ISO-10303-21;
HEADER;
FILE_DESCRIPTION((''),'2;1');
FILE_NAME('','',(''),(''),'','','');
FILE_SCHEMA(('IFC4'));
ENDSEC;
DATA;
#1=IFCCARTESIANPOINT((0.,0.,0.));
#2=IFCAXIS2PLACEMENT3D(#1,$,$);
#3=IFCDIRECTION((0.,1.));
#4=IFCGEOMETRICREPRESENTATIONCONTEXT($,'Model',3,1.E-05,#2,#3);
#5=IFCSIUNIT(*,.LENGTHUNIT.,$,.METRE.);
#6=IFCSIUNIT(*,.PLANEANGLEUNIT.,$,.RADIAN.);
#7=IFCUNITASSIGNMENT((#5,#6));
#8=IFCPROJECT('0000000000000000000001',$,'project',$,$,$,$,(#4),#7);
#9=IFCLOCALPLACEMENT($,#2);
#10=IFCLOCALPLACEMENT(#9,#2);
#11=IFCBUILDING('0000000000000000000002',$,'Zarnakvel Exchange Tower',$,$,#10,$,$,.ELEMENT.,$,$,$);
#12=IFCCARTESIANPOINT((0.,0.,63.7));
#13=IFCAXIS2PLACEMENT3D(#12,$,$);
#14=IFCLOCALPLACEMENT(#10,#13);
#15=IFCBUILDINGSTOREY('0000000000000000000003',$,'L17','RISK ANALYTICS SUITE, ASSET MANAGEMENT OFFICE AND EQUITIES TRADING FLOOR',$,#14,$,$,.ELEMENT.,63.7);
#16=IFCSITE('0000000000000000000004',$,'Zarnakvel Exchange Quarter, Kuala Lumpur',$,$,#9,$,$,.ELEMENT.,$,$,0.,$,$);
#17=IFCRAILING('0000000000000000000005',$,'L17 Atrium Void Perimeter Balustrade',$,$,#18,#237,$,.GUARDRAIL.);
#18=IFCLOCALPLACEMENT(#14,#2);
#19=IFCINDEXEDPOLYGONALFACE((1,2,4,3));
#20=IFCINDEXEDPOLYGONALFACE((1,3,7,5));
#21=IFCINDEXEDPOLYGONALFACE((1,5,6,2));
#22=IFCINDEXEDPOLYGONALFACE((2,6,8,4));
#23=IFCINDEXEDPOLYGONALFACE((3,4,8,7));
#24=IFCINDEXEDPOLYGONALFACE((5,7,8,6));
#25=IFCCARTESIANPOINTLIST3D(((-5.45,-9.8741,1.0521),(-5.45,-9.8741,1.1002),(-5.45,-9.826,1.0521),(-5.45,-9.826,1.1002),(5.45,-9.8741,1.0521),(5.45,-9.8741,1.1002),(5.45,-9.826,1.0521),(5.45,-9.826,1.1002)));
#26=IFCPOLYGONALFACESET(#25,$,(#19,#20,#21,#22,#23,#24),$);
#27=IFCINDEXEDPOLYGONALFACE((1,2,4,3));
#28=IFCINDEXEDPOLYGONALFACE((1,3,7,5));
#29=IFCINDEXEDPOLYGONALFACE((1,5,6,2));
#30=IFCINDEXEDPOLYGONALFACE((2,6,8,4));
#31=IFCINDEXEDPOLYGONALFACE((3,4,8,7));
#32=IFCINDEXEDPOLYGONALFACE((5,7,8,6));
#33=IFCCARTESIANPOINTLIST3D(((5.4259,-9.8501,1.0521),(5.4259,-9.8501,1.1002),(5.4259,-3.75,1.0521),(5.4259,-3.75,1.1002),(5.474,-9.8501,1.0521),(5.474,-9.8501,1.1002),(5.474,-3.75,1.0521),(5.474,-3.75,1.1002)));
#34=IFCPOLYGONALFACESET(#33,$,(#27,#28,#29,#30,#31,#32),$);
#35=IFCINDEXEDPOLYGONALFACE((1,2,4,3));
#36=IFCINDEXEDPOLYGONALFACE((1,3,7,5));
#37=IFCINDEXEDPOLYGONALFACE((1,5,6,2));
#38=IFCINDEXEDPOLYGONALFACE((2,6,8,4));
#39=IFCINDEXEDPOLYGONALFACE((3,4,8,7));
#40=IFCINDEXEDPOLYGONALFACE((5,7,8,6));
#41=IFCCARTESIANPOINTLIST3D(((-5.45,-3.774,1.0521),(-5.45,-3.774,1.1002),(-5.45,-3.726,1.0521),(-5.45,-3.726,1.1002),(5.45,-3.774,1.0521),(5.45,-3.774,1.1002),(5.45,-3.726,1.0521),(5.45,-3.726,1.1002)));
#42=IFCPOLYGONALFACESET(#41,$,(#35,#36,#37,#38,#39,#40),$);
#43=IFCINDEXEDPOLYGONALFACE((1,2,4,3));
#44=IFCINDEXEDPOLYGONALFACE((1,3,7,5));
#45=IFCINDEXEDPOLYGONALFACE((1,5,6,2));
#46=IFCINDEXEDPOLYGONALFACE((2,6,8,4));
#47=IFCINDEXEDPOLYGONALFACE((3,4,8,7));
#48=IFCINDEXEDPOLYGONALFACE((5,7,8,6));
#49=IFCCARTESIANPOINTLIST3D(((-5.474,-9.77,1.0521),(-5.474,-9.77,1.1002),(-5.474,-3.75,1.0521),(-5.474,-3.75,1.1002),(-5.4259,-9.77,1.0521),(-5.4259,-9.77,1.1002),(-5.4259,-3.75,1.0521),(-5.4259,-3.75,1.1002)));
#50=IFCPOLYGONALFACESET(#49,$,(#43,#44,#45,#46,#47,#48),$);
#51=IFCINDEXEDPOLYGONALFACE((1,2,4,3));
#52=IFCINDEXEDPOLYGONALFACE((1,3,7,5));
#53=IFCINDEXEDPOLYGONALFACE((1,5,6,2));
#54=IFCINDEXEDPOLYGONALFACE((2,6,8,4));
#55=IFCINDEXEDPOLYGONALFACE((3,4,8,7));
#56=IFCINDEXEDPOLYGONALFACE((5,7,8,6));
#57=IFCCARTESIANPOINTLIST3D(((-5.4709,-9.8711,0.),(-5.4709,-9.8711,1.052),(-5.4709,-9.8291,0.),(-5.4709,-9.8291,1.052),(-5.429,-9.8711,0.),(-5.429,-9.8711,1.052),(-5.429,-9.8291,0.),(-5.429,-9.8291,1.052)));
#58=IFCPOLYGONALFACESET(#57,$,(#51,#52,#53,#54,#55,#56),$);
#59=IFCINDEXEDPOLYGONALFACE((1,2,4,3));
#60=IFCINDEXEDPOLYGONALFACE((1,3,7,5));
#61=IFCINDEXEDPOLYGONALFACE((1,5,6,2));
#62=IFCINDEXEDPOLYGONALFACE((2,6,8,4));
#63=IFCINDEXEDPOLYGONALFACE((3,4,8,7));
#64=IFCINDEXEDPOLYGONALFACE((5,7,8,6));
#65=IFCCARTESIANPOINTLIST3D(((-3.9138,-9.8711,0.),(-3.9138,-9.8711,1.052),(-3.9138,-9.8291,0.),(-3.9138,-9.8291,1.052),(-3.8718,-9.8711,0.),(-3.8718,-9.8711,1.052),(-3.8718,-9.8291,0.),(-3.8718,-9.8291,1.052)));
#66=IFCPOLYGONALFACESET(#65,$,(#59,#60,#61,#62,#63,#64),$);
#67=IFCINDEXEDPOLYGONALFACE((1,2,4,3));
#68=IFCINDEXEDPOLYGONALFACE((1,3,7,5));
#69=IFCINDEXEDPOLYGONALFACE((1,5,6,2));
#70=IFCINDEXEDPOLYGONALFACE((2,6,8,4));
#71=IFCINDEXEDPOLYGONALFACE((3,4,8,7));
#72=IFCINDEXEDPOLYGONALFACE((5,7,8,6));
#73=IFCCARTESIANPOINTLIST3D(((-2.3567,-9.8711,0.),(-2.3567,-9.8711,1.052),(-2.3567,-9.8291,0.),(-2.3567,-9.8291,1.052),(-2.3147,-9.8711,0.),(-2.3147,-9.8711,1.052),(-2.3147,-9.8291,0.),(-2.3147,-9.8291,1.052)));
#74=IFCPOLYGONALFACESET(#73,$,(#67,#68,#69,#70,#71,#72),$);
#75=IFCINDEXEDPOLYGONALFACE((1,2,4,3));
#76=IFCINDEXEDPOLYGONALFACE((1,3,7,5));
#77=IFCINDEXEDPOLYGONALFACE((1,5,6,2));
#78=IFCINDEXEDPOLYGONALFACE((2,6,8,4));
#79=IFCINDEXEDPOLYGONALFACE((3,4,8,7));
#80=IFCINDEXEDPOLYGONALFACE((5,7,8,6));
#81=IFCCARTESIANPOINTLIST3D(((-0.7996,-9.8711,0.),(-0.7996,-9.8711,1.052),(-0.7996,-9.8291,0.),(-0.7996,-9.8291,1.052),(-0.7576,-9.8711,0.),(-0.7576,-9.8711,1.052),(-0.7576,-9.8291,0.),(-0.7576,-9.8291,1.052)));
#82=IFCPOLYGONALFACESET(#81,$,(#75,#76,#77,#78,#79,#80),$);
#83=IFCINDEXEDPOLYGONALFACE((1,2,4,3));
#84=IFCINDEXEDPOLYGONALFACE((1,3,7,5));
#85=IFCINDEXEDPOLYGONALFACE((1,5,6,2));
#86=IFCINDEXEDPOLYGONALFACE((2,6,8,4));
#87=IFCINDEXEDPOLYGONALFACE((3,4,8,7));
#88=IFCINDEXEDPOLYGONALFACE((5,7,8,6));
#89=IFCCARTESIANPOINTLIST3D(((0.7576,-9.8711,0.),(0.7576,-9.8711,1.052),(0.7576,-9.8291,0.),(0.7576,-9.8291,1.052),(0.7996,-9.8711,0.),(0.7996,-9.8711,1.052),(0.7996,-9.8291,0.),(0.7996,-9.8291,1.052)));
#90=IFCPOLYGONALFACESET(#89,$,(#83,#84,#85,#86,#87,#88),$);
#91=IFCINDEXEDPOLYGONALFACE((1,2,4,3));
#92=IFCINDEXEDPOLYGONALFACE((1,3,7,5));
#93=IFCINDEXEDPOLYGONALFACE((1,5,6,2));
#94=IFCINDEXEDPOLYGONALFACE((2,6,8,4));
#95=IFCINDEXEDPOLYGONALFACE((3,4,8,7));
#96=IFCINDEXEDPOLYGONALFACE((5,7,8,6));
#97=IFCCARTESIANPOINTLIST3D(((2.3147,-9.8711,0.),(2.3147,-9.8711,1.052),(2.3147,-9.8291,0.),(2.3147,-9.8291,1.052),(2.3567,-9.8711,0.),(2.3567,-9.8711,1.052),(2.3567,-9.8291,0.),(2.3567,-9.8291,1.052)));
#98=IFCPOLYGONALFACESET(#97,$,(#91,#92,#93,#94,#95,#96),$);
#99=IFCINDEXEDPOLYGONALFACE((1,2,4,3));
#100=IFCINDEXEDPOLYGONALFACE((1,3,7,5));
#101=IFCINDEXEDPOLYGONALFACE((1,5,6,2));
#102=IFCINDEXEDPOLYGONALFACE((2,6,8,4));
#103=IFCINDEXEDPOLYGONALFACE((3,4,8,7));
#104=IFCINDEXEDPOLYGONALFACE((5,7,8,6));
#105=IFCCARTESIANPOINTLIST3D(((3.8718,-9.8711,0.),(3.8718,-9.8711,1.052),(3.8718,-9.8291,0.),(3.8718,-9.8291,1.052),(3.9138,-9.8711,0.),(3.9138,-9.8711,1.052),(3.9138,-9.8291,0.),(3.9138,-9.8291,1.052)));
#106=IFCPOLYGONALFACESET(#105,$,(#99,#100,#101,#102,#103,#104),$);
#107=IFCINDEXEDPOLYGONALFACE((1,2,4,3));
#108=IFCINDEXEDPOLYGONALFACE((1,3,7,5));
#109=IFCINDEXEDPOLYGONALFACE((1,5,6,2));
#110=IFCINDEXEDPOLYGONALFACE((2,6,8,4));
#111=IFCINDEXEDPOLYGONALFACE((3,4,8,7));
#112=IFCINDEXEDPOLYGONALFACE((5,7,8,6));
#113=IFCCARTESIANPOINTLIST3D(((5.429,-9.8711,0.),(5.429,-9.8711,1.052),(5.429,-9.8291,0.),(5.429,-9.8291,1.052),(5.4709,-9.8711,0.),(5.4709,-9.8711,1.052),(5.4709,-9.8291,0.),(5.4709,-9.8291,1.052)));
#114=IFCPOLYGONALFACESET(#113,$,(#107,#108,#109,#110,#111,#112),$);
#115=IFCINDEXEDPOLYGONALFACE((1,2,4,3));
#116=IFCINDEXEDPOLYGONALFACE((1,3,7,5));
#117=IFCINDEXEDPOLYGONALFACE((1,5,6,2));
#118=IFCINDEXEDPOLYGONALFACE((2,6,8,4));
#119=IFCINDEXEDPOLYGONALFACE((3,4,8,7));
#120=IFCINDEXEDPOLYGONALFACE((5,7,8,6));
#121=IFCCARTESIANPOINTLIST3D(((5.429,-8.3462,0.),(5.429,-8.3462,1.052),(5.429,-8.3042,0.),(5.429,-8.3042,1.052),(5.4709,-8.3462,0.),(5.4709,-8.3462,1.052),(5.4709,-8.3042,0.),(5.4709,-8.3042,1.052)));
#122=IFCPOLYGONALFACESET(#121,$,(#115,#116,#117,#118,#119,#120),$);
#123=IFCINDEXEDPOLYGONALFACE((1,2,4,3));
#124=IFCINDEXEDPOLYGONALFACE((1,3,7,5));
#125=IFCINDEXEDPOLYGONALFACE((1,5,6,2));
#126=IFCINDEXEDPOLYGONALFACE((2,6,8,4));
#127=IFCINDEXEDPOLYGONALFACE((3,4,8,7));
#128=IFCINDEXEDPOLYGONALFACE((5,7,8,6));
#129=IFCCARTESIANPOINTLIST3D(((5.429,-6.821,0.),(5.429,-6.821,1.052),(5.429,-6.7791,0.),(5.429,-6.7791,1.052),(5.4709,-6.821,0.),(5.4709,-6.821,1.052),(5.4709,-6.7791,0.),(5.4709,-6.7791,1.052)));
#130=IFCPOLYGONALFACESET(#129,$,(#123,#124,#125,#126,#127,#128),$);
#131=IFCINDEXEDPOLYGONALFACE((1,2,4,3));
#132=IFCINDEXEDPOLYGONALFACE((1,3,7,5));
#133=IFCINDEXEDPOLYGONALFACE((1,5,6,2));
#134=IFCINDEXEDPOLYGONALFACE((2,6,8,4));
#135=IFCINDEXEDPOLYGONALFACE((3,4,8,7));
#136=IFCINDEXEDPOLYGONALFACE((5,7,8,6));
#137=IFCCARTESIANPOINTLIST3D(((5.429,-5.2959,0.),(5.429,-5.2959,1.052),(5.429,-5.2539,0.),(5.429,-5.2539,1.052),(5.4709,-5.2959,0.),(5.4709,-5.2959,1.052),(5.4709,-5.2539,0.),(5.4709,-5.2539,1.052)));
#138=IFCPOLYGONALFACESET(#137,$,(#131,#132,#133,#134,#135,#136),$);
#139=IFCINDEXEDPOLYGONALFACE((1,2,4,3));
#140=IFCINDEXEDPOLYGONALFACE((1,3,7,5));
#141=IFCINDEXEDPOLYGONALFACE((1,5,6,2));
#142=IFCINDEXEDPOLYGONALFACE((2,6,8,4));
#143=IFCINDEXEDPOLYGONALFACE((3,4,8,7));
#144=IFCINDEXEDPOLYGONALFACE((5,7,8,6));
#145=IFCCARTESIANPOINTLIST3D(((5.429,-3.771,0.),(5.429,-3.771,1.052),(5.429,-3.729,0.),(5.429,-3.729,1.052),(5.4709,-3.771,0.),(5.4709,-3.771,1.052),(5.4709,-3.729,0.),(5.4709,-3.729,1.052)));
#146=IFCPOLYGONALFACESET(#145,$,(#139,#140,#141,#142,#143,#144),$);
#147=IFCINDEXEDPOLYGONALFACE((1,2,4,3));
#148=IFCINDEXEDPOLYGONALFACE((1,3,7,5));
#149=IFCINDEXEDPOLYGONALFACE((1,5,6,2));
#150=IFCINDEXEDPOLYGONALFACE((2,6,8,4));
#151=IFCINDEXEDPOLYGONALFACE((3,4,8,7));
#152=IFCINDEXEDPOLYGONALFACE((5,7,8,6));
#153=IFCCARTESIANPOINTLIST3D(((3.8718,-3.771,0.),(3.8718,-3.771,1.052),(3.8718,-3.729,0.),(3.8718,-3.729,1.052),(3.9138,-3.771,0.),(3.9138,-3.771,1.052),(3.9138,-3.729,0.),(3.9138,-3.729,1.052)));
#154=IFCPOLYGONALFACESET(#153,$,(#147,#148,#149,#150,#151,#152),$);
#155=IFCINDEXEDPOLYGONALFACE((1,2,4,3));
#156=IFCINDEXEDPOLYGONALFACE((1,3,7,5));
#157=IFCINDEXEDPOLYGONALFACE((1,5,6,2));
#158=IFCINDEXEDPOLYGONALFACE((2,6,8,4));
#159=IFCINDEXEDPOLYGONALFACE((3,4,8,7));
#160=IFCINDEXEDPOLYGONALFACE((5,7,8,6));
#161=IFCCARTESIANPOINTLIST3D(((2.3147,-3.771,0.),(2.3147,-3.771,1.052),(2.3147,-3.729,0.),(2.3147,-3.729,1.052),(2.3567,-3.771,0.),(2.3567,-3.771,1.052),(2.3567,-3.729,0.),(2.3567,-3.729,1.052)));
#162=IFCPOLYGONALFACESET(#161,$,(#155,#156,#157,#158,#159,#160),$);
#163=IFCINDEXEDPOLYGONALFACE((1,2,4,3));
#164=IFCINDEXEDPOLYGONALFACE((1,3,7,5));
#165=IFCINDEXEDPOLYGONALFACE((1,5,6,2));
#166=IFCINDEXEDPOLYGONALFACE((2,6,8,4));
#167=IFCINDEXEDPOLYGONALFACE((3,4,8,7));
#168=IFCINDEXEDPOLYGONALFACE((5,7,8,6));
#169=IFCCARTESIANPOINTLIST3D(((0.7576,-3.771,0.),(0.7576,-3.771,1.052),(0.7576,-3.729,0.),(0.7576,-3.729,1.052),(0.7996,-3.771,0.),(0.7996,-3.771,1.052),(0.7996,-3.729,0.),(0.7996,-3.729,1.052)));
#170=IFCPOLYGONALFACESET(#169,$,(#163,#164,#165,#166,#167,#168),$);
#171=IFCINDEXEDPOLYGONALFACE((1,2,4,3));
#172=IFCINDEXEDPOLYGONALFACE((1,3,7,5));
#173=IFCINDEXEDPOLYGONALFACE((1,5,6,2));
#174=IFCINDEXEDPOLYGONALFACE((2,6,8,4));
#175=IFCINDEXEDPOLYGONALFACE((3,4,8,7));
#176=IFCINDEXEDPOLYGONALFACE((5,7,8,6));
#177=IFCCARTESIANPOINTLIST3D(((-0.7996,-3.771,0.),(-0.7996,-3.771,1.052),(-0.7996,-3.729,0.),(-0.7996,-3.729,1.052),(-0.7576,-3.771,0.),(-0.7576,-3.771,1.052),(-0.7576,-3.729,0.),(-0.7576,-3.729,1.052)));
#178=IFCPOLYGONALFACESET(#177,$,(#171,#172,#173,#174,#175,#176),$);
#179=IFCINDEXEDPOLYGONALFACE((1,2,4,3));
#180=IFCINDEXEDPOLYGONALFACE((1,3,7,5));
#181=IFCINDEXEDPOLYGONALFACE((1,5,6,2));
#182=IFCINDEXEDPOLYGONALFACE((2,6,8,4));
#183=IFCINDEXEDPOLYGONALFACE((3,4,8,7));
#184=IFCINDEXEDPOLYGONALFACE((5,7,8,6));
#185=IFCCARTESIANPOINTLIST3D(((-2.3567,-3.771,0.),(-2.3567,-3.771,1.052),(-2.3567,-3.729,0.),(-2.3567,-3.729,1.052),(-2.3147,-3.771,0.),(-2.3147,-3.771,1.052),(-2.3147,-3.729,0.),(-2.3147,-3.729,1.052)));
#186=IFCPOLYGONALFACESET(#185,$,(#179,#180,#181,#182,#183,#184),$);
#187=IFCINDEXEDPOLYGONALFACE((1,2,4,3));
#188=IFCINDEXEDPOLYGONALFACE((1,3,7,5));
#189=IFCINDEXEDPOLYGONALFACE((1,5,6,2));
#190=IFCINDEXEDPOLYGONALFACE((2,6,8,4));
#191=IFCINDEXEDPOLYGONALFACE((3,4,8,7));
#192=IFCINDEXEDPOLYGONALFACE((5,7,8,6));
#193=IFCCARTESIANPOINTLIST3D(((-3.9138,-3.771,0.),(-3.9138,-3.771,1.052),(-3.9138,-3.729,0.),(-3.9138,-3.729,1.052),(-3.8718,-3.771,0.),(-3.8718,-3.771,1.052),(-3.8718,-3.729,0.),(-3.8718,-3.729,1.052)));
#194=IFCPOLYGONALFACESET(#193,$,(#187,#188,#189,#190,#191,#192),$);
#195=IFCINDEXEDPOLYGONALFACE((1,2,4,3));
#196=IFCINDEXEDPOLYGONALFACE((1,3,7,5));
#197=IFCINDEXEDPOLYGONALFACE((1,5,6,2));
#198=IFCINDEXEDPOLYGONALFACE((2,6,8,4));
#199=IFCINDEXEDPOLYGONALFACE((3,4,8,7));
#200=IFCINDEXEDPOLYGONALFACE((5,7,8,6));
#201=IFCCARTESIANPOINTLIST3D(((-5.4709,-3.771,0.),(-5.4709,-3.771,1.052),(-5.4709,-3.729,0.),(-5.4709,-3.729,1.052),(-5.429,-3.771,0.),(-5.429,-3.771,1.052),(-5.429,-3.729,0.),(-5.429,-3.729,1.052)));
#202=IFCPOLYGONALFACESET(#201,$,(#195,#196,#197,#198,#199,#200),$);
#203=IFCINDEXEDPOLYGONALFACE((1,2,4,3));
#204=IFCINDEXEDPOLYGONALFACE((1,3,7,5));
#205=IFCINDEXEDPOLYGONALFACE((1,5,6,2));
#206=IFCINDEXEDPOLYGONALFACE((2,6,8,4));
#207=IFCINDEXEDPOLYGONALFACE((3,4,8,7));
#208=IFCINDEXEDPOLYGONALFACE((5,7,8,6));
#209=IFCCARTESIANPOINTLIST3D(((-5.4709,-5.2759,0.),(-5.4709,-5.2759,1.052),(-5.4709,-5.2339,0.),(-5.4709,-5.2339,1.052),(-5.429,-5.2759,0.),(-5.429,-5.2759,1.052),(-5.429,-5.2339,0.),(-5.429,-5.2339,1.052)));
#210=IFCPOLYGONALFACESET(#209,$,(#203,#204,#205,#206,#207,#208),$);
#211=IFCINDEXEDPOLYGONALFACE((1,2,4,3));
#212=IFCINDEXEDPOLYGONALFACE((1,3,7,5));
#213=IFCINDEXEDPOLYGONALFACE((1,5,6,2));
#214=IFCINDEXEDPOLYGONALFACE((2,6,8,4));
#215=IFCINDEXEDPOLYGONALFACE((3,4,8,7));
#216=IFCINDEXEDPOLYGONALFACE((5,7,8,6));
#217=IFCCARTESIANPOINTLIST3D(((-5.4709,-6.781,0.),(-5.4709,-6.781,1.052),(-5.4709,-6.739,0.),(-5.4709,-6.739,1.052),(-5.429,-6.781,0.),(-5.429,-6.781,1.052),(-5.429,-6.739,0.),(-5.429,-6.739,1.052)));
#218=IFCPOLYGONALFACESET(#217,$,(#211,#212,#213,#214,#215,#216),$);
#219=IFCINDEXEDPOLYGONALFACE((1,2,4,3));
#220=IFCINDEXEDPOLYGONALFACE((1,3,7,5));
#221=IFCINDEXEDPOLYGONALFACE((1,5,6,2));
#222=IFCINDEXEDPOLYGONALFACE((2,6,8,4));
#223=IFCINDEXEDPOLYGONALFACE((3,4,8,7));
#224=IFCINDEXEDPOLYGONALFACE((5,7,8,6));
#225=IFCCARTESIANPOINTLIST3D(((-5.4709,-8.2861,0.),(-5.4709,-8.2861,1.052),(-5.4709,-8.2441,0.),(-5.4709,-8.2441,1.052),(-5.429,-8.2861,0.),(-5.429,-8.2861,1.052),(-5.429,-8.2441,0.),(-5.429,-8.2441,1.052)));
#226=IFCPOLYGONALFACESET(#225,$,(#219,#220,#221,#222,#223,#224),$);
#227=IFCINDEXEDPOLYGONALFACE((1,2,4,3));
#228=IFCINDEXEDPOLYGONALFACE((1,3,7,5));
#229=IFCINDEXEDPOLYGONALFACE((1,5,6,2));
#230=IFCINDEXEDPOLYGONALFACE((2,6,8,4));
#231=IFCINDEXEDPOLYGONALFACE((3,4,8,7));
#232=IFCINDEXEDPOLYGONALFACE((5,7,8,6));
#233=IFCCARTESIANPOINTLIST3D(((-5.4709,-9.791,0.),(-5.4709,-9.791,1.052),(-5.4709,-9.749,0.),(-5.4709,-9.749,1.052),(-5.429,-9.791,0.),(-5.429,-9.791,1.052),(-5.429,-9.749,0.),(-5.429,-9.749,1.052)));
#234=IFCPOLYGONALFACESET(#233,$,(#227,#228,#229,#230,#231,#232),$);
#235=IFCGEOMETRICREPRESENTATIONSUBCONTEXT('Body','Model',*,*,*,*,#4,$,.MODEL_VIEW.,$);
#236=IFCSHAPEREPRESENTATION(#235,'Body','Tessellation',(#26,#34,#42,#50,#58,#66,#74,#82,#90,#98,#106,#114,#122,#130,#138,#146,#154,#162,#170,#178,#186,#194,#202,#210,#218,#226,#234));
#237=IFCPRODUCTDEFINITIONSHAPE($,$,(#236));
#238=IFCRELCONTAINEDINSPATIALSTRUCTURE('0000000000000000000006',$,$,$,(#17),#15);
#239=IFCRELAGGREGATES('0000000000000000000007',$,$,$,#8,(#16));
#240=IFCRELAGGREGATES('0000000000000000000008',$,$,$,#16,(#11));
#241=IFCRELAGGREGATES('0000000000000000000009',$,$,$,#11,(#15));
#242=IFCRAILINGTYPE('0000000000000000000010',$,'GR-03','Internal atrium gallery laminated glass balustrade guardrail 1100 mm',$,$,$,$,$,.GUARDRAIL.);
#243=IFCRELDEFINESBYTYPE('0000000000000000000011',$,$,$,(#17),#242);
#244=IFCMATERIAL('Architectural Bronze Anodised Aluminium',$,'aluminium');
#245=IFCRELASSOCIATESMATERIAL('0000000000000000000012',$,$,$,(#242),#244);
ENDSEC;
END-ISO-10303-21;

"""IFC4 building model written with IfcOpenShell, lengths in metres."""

from ifc_helpers import new_model, si_unit, direction, frame, origin, origin_2d, place, context, subcontext, project, spatial, rectangle, extrude, material, type_object, element, save


model = new_model("IFC4")

# Units and contexts
model_context = context("Model", 3, precision=1e-05, world=origin(), true_north=direction((0.0, 1.0)))
body_context = subcontext(model_context, "Body", "Model", "MODEL_VIEW")
ifc_project = project(units=[si_unit("LENGTHUNIT", "METRE"), si_unit("PLANEANGLEUNIT", "RADIAN")], contexts=[model_context])

# Site, building, storey
site_placement = place(None, origin())
site = spatial("IfcSite", under=ifc_project, at=site_placement, Name="Zarnakvel Exchange Quarter, Kuala Lumpur", CompositionType="ELEMENT", RefElevation=0.0)
building_placement = place(site_placement, origin())
building = spatial("IfcBuilding", under=site, at=building_placement, Name="Zarnakvel Exchange Tower", CompositionType="ELEMENT")
storey_placement = place(building_placement, frame((0.0, 0.0, 63.7)))
storey = spatial("IfcBuildingStorey", under=building, at=storey_placement, Name="L17", Description="RISK ANALYTICS SUITE, ASSET MANAGEMENT OFFICE AND EQUITIES TRADING FLOOR", CompositionType="ELEMENT", Elevation=63.7)

# Railing
ifc_material_1 = material(Name="Architectural Bronze Anodised Aluminium", Category="aluminium")
railing_type = type_object("IfcRailingType", Name="GR-03", Description="Internal atrium gallery laminated glass balustrade guardrail 1100 mm", PredefinedType="GUARDRAIL", material=ifc_material_1)
railing_placement = place(storey_placement, frame((-5.45, -9.8501, 0.0)))
element("IfcRailing", 1, at=railing_placement, inside=storey, type_object=railing_type, Name="L17 Atrium Void Perimeter Balustrade", PredefinedType="GUARDRAIL", context=body_context, shape_type="SweptSolid", body=[
    extrude(rectangle(XDim=0.0481, YDim=0.0481, at=origin_2d()), frame((0.0, 0.0, 1.0762), z_axis=(1.0, 0.0, 0.0), x_axis=(0.0, 1.0, 0.0)), (0.0, 0.0, 1.0), 10.8999),
    extrude(rectangle(XDim=0.0481, YDim=0.0481, at=origin_2d()), frame((10.8999, 0.0, 1.0762), z_axis=(0.0, 1.0, 0.0), x_axis=(-1.0, 0.0, 0.0)), (0.0, 0.0, 1.0), 6.1001),
    extrude(rectangle(XDim=0.0481, YDim=0.0481, at=origin_2d()), frame((10.8999, 6.1001, 1.0762), z_axis=(-1.0, 0.0, 0.0), x_axis=(0.0, -1.0, 0.0)), (0.0, 0.0, 1.0), 10.8999),
    extrude(rectangle(XDim=0.0481, YDim=0.0481, at=origin_2d()), frame((0.0, 6.1001, 1.0762), z_axis=(0.0, -1.0, 0.0), x_axis=(1.0, 0.0, 0.0)), (0.0, 0.0, 1.0), 6.02),
    extrude(rectangle(XDim=0.042, YDim=0.042, at=origin_2d()), origin(), (0.0, 0.0, 1.0), 1.052),
    extrude(rectangle(XDim=0.042, YDim=0.042, at=origin_2d()), frame((1.5571, 0.0, 0.0)), (0.0, 0.0, 1.0), 1.052),
    extrude(rectangle(XDim=0.042, YDim=0.042, at=origin_2d()), frame((3.1143, 0.0, 0.0)), (0.0, 0.0, 1.0), 1.052),
    extrude(rectangle(XDim=0.042, YDim=0.042, at=origin_2d()), frame((4.6714, 0.0, 0.0)), (0.0, 0.0, 1.0), 1.052),
    extrude(rectangle(XDim=0.042, YDim=0.042, at=origin_2d()), frame((6.2285, 0.0, 0.0)), (0.0, 0.0, 1.0), 1.052),
    extrude(rectangle(XDim=0.042, YDim=0.042, at=origin_2d()), frame((7.7856, 0.0, 0.0)), (0.0, 0.0, 1.0), 1.052),
    extrude(rectangle(XDim=0.042, YDim=0.042, at=origin_2d()), frame((9.3428, 0.0, 0.0)), (0.0, 0.0, 1.0), 1.052),
    extrude(rectangle(XDim=0.042, YDim=0.042, at=origin_2d()), frame((10.8999, 0.0, 0.0)), (0.0, 0.0, 1.0), 1.052),
    extrude(rectangle(XDim=0.042, YDim=0.042, at=origin_2d()), frame((10.8999, 1.5249, 0.0)), (0.0, 0.0, 1.0), 1.052),
    extrude(rectangle(XDim=0.042, YDim=0.042, at=origin_2d()), frame((10.8999, 3.05, 0.0)), (0.0, 0.0, 1.0), 1.052),
    extrude(rectangle(XDim=0.042, YDim=0.042, at=origin_2d()), frame((10.8999, 4.5752, 0.0)), (0.0, 0.0, 1.0), 1.052),
    extrude(rectangle(XDim=0.042, YDim=0.042, at=origin_2d()), frame((10.8999, 6.1001, 0.0)), (0.0, 0.0, 1.0), 1.052),
    extrude(rectangle(XDim=0.042, YDim=0.042, at=origin_2d()), frame((9.3428, 6.1001, 0.0)), (0.0, 0.0, 1.0), 1.052),
    extrude(rectangle(XDim=0.042, YDim=0.042, at=origin_2d()), frame((7.7856, 6.1001, 0.0)), (0.0, 0.0, 1.0), 1.052),
    extrude(rectangle(XDim=0.042, YDim=0.042, at=origin_2d()), frame((6.2285, 6.1001, 0.0)), (0.0, 0.0, 1.0), 1.052),
    extrude(rectangle(XDim=0.042, YDim=0.042, at=origin_2d()), frame((4.6714, 6.1001, 0.0)), (0.0, 0.0, 1.0), 1.052),
    extrude(rectangle(XDim=0.042, YDim=0.042, at=origin_2d()), frame((3.1143, 6.1001, 0.0)), (0.0, 0.0, 1.0), 1.052),
    extrude(rectangle(XDim=0.042, YDim=0.042, at=origin_2d()), frame((1.5571, 6.1001, 0.0)), (0.0, 0.0, 1.0), 1.052),
    extrude(rectangle(XDim=0.042, YDim=0.042, at=origin_2d()), frame((0.0, 6.1001, 0.0)), (0.0, 0.0, 1.0), 1.052),
    extrude(rectangle(XDim=0.042, YDim=0.042, at=origin_2d()), frame((0.0, 4.5952, 0.0)), (0.0, 0.0, 1.0), 1.052),
    extrude(rectangle(XDim=0.042, YDim=0.042, at=origin_2d()), frame((0.0, 3.0901, 0.0)), (0.0, 0.0, 1.0), 1.052),
    extrude(rectangle(XDim=0.042, YDim=0.042, at=origin_2d()), frame((0.0, 1.585, 0.0)), (0.0, 0.0, 1.0), 1.052),
    extrude(rectangle(XDim=0.042, YDim=0.042, at=origin_2d()), frame((0.0, 0.0801, 0.0)), (0.0, 0.0, 1.0), 1.052),
])

save(model, "model.ifc")
